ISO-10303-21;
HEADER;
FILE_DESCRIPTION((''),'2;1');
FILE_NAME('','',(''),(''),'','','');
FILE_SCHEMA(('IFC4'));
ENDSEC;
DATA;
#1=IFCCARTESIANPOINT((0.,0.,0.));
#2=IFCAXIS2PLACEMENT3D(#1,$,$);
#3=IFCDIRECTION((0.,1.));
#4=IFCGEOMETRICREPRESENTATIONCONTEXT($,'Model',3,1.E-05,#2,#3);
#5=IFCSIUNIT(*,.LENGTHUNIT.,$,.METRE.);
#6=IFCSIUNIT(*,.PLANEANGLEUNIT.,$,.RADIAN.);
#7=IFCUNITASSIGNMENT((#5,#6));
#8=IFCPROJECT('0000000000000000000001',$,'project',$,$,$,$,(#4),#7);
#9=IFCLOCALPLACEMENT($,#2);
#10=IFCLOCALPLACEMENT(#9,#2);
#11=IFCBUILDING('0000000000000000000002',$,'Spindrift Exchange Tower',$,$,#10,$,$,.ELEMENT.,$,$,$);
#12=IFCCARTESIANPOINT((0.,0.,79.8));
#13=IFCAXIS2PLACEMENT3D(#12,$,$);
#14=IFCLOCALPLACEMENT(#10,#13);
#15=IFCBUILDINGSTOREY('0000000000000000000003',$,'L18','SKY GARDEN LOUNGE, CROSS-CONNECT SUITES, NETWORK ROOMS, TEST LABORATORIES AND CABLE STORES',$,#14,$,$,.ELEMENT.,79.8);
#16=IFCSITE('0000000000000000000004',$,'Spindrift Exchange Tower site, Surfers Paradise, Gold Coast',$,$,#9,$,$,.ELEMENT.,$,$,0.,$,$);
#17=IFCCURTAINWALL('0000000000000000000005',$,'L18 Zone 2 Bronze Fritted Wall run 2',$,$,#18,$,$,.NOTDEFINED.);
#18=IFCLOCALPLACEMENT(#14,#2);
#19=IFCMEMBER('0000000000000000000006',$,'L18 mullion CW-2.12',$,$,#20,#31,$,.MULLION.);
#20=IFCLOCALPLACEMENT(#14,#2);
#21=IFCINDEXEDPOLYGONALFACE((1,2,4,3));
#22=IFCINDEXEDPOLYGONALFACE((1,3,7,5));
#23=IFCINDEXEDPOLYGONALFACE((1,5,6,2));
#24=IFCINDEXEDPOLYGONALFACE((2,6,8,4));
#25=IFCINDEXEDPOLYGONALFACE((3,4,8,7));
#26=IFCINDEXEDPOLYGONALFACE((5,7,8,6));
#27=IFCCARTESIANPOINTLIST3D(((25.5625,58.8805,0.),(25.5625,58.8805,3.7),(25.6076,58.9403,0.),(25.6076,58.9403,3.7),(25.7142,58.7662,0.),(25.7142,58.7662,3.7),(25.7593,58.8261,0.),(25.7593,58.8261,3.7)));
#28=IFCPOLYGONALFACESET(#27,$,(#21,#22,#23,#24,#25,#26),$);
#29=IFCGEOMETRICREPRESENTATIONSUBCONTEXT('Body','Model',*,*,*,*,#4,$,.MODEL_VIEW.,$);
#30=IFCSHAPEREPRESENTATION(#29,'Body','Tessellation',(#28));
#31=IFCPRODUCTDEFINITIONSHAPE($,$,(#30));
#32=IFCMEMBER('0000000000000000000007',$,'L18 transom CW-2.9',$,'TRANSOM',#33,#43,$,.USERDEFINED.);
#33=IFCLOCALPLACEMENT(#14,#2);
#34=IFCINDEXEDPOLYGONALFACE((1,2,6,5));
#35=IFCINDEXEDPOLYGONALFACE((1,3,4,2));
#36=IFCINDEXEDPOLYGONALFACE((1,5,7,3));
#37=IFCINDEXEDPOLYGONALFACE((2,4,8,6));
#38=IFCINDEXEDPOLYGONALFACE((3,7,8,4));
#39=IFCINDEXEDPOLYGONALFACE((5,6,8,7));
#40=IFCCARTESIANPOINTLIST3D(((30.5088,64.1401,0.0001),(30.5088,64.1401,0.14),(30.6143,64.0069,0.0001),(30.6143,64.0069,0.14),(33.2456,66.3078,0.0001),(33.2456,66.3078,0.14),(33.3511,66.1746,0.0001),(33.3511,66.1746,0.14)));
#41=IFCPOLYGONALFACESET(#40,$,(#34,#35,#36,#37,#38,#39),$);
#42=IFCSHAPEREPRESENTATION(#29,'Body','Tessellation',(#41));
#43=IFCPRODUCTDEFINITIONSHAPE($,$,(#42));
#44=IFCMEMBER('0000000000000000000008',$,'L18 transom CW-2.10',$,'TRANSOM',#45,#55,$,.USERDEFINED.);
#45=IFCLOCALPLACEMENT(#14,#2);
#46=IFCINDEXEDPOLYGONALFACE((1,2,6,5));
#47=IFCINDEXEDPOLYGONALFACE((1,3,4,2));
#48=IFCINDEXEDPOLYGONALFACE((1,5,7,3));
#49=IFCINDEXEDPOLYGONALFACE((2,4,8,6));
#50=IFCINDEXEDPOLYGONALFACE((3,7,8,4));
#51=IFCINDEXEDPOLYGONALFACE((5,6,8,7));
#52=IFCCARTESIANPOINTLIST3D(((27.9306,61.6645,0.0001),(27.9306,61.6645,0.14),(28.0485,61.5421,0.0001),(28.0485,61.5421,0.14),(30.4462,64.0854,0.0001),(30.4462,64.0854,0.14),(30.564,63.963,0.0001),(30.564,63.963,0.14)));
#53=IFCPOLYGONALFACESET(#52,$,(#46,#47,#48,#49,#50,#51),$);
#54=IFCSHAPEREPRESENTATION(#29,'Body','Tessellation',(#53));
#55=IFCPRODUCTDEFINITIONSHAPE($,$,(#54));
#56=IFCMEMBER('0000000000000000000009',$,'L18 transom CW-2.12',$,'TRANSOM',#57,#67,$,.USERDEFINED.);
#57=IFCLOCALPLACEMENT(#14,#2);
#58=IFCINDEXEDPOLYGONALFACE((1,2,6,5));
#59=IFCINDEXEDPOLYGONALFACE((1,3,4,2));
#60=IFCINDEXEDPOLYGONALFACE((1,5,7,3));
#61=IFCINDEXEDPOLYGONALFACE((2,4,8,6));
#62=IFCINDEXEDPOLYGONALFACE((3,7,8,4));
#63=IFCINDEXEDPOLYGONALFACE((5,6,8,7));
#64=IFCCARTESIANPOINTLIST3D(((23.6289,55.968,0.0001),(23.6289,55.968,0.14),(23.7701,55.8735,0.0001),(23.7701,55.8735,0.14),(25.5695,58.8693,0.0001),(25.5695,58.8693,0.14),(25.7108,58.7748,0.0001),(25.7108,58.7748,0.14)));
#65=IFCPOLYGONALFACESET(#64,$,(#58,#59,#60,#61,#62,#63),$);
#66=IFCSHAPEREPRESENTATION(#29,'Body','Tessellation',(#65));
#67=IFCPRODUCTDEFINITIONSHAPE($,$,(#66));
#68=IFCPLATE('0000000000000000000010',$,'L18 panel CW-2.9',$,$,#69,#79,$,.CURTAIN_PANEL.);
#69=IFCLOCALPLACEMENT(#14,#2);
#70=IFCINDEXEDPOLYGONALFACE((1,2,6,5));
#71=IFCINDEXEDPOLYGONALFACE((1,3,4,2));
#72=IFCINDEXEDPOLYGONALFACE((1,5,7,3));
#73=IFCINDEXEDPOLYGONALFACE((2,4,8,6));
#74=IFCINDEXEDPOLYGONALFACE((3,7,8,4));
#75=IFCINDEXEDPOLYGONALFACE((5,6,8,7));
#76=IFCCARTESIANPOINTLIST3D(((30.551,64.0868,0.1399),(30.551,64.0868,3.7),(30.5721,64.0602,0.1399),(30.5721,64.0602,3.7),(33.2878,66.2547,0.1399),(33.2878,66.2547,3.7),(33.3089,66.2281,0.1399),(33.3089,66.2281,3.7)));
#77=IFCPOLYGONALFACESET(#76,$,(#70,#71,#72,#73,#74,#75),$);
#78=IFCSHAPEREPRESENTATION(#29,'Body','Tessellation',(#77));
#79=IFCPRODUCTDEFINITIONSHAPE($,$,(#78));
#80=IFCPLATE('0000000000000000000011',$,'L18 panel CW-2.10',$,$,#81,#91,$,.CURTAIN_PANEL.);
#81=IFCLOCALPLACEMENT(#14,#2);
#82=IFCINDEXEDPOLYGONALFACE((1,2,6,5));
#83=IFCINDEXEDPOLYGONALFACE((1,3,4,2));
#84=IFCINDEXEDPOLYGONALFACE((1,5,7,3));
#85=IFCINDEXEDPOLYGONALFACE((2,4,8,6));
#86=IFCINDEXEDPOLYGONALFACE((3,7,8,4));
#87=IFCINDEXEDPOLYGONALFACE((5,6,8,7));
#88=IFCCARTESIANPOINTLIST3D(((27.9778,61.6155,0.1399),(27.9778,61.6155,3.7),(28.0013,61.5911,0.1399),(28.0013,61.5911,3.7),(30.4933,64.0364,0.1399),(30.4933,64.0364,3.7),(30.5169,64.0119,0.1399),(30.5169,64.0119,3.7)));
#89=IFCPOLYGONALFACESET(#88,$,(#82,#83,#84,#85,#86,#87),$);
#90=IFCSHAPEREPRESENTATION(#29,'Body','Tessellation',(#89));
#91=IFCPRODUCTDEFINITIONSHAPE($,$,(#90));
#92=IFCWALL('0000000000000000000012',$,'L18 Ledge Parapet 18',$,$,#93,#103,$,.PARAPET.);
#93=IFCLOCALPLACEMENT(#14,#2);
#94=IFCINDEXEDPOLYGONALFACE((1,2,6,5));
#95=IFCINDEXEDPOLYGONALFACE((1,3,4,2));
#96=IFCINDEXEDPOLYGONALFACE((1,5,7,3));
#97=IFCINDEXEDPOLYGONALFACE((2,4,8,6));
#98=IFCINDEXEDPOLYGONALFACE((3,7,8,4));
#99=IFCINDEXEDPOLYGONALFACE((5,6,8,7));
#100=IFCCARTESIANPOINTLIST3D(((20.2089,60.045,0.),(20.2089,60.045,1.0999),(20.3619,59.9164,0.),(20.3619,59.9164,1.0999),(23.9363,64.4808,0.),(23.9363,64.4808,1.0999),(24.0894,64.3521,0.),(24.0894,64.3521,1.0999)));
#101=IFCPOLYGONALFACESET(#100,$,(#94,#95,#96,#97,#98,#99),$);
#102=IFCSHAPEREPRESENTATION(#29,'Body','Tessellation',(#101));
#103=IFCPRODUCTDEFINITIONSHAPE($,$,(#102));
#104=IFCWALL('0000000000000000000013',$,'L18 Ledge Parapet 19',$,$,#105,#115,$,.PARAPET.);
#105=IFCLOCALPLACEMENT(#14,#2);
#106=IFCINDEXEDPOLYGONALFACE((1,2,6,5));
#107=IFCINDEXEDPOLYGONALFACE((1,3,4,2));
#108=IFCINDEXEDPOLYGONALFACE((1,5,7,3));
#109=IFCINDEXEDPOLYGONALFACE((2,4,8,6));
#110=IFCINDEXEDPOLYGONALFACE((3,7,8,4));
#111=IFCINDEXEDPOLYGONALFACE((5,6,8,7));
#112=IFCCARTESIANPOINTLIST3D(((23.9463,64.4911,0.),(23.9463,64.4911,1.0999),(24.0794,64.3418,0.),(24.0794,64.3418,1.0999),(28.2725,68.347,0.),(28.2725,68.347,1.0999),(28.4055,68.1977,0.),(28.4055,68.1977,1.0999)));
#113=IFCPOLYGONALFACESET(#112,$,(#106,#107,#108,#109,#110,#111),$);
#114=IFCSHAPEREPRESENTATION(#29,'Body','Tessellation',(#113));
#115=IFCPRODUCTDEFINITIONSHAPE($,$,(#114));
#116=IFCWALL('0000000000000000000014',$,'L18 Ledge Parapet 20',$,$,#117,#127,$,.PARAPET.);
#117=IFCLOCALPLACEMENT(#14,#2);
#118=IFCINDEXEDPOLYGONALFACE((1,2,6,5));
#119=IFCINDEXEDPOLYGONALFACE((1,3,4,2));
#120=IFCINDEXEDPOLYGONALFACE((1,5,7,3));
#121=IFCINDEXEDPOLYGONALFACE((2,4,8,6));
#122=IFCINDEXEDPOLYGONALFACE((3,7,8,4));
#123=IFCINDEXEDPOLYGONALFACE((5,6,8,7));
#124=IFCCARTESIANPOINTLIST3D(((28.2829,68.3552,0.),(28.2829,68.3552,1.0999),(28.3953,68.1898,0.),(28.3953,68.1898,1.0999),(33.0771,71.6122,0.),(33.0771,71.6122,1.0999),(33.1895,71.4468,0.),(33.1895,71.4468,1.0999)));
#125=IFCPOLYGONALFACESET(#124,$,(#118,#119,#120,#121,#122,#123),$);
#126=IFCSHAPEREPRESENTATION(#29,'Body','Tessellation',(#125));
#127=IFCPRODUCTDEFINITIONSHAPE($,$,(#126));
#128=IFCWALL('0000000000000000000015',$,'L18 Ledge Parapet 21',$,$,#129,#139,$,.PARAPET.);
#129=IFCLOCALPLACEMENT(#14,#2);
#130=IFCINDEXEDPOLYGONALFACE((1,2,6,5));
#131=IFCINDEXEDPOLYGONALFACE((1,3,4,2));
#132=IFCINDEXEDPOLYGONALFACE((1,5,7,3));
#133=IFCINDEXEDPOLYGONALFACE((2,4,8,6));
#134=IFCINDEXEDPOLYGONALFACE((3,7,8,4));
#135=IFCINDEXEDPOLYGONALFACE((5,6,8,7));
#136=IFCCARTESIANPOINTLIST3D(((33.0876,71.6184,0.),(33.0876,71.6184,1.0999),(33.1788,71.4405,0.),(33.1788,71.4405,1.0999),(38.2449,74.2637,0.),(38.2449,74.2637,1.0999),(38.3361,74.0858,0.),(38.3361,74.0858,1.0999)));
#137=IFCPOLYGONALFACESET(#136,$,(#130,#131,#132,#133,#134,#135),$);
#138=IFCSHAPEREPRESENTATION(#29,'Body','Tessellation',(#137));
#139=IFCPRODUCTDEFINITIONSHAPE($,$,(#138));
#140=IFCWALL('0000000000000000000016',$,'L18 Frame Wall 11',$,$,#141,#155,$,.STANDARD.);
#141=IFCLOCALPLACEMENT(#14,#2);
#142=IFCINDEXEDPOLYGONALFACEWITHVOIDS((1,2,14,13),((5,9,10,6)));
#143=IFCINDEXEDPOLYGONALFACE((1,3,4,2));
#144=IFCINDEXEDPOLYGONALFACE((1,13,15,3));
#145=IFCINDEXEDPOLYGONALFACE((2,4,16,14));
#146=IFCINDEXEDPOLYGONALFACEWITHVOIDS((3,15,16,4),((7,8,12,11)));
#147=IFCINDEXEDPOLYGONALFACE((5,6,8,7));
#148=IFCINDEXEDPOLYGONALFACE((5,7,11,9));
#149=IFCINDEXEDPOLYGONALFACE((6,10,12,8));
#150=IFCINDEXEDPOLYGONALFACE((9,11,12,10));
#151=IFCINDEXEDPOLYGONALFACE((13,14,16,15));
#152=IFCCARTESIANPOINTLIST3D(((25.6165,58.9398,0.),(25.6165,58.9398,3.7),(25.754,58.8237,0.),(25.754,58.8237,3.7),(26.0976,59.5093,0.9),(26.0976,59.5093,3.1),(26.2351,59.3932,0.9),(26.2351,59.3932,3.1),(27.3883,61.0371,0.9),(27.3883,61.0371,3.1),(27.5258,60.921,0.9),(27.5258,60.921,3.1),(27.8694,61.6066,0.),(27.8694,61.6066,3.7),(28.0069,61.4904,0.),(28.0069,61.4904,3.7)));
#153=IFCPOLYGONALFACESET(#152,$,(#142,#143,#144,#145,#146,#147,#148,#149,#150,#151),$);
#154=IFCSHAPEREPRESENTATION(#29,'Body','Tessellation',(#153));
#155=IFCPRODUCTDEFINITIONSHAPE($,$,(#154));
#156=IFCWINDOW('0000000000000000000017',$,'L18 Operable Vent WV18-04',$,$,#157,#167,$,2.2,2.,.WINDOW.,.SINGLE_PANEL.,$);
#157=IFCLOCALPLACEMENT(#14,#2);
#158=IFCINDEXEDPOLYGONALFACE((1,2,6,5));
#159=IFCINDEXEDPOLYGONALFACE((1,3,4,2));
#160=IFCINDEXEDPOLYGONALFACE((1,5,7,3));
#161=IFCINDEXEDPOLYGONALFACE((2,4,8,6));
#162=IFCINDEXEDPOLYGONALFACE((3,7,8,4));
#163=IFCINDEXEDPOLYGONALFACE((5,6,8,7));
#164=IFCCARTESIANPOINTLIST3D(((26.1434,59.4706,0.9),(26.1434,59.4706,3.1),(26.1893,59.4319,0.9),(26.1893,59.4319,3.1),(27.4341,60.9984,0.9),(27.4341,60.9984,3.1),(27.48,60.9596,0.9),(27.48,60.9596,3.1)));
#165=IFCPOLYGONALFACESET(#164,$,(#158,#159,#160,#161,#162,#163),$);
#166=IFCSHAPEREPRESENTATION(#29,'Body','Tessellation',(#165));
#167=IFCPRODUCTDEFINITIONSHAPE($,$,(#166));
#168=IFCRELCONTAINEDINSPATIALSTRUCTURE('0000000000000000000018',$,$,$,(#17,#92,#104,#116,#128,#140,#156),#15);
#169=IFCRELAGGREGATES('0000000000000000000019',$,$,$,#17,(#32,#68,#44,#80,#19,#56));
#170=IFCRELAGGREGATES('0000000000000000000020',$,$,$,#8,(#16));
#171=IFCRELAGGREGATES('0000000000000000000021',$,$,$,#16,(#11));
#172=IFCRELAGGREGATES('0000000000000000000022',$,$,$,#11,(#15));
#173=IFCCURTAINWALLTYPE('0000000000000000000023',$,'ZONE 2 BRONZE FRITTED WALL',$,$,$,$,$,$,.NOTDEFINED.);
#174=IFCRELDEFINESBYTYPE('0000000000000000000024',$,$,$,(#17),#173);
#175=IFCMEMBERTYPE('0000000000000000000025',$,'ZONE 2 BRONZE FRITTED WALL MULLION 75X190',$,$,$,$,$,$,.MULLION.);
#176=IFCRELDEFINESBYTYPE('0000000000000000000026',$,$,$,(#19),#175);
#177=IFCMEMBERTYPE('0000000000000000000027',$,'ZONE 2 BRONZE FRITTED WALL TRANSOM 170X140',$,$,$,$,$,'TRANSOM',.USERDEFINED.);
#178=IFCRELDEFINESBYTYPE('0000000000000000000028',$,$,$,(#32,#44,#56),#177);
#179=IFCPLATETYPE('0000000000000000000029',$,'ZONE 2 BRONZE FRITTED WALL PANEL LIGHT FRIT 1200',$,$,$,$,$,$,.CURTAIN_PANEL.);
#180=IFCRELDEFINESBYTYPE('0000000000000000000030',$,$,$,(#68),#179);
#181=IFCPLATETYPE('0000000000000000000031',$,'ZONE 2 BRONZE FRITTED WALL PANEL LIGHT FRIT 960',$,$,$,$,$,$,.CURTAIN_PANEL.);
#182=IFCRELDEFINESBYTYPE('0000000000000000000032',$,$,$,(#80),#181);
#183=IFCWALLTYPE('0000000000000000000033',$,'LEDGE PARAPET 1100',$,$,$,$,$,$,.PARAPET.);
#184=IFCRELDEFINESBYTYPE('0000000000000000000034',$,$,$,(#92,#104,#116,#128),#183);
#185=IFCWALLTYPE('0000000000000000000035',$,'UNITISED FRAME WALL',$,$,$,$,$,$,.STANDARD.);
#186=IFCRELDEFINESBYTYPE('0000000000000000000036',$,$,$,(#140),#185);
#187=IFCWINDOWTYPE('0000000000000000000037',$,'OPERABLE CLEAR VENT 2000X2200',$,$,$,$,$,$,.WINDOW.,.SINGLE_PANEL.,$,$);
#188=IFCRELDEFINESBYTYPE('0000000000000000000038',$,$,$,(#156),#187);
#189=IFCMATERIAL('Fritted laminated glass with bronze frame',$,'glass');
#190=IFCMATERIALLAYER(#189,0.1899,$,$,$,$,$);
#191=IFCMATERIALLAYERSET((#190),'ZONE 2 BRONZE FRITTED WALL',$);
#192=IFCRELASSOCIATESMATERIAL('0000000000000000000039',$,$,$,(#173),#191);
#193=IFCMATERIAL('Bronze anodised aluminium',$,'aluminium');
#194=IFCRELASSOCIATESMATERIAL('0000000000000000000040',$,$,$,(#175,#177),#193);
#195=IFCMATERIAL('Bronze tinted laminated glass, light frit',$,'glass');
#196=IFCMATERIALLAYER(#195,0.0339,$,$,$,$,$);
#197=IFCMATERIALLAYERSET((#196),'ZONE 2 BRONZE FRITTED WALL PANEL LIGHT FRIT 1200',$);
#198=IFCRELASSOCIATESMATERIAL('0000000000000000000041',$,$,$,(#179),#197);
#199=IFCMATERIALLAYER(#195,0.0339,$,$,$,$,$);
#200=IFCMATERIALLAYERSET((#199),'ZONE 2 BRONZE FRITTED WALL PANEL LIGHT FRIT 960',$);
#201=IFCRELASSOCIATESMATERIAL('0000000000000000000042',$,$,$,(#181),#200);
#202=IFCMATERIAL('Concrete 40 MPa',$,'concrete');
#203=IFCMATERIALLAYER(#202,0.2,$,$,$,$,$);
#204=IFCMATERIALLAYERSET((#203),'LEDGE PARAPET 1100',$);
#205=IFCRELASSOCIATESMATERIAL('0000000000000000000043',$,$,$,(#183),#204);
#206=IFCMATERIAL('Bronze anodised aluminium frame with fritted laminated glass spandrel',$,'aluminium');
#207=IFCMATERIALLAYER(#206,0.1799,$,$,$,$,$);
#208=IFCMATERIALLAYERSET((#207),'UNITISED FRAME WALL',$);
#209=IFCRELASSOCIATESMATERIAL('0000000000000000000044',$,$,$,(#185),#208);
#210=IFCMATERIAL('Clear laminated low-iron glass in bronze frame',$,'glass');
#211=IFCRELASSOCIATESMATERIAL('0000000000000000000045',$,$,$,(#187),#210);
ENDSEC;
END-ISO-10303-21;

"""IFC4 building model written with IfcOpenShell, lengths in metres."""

from ifc_helpers import new_model, si_unit, direction, frame, frame_2d, origin, origin_2d, place, context, subcontext, project, spatial, rectangle, extrude, source, transform, mapped, material, layer, layer_set, material_profile, profile_set, type_object, element, fill, aggregate, save


model = new_model("IFC4")

# Units and contexts
model_context = context("Model", 3, precision=1e-05, world=origin(), true_north=direction((0.0, 1.0)))
body_context = subcontext(model_context, "Body", "Model", "MODEL_VIEW")
ifc_project = project(units=[si_unit("LENGTHUNIT", "METRE"), si_unit("PLANEANGLEUNIT", "RADIAN")], contexts=[model_context])

# Site, building, storey
site_placement = place(None, origin())
site = spatial("IfcSite", under=ifc_project, at=site_placement, Name="Spindrift Exchange Tower site, Surfers Paradise, Gold Coast", CompositionType="ELEMENT", RefElevation=0.0)
building_placement = place(site_placement, origin())
building = spatial("IfcBuilding", under=site, at=building_placement, Name="Spindrift Exchange Tower", CompositionType="ELEMENT")
storey_placement = place(building_placement, frame((0.0, 0.0, 79.8)))
storey = spatial("IfcBuildingStorey", under=building, at=storey_placement, Name="L18", Description="SKY GARDEN LOUNGE, CROSS-CONNECT SUITES, NETWORK ROOMS, TEST LABORATORIES AND CABLE STORES", CompositionType="ELEMENT", Elevation=79.8)

# Curtain wall, members, plates
ifc_material_1 = material(Name="Fritted laminated glass with bronze frame", Category="glass")
ifc_layer_1 = layer(ifc_material_1, 0.1899)
ifc_layer_set_1 = layer_set([ifc_layer_1], Name="ZONE 2 BRONZE FRITTED WALL")
curtain_wall_type = type_object("IfcCurtainWallType", Name="ZONE 2 BRONZE FRITTED WALL", PredefinedType="NOTDEFINED", material=ifc_layer_set_1)
curtain_wall_placement = place(storey_placement, origin())
curtain_wall = element("IfcCurtainWall", 1, at=curtain_wall_placement, inside=storey, type_object=curtain_wall_type, Name="L18 Zone 2 Bronze Fritted Wall run 2", PredefinedType="NOTDEFINED")
ifc_material_2 = material(Name="Bronze anodised aluminium", Category="aluminium")
ifc_material_profile_1 = material_profile(ifc_material_2, rectangle(XDim=0.075, YDim=0.1899, at=origin_2d()), Name="ZONE 2 BRONZE FRITTED WALL MULLION 75X190")
ifc_profile_set_1 = profile_set([ifc_material_profile_1], Name="Bronze anodised aluminium")
member_type_1 = type_object("IfcMemberType", Name="ZONE 2 BRONZE FRITTED WALL MULLION 75X190", PredefinedType="MULLION", material=ifc_profile_set_1)
shared_shape_1 = source(origin(), body_context, "Body", "SweptSolid", [
    extrude(rectangle(XDim=0.075, YDim=0.1899, at=origin_2d()), origin(), (0.0, 0.0, 1.0), 3.7),
])
member_1_placement = place(storey_placement, frame((25.6609, 58.8533, 0.0), z_axis=(0.0, 0.0, 1.0), x_axis=(-0.601625, -0.798778, 0.0)))
member_1 = element("IfcMember", 2, at=member_1_placement, type_object=member_type_1, Name="L18 mullion CW-2.12", PredefinedType="MULLION", context=body_context, shape_type="MappedRepresentation", body=[
    mapped(shared_shape_1, transform((0.0, 0.0, 0.0), scale=1.0)),
])
ifc_material_profile_2 = material_profile(ifc_material_2, rectangle(XDim=0.1699, YDim=0.1399, at=origin_2d()), Name="ZONE 2 BRONZE FRITTED WALL TRANSOM 170X140")
ifc_profile_set_2 = profile_set([ifc_material_profile_2], Name="Bronze anodised aluminium")
member_type_2 = type_object("IfcMemberType", Name="ZONE 2 BRONZE FRITTED WALL TRANSOM 170X140", ElementType="TRANSOM", PredefinedType="USERDEFINED", material=ifc_profile_set_2)
shared_shape_2 = source(origin(), body_context, "Body", "SweptSolid", [
    extrude(rectangle(XDim=0.1699, YDim=0.1399, at=origin_2d()), origin(), (0.0, 0.0, 1.0), 3.4912),
])
member_2_placement = place(storey_placement, frame((33.2983, 66.2412, 0.0701), z_axis=(-0.783895, -0.620893, 0.0), x_axis=(0.620893, -0.783895, 0.0)))
member_2 = element("IfcMember", 3, at=member_2_placement, type_object=member_type_2, Name="L18 transom CW-2.9", ObjectType="TRANSOM", PredefinedType="USERDEFINED", context=body_context, shape_type="MappedRepresentation", body=[
    mapped(shared_shape_2, transform((0.0, 0.0, 0.0), scale=1.0)),
])
member_3_placement = place(storey_placement, frame((30.5051, 64.0242, 0.0701), z_axis=(-0.720543, -0.693411, 0.0), x_axis=(0.693411, -0.720543, 0.0)))
member_3 = element("IfcMember", 4, at=member_3_placement, type_object=member_type_2, Name="L18 transom CW-2.10", ObjectType="TRANSOM", PredefinedType="USERDEFINED", context=body_context, shape_type="MappedRepresentation", body=[
    mapped(shared_shape_2, transform((0.0, 0.0, 0.0), scale=1.0)),
])
shared_shape_3 = source(origin(), body_context, "Body", "SweptSolid", [
    extrude(rectangle(XDim=0.1699, YDim=0.1399, at=origin_2d()), origin(), (0.0, 0.0, 1.0), 3.4905),
])
member_4_placement = place(storey_placement, frame((25.6401, 58.822, 0.0701), z_axis=(-0.555975, -0.831199, 0.0), x_axis=(0.831199, -0.555975, 0.0)))
member_4 = element("IfcMember", 5, at=member_4_placement, type_object=member_type_2, Name="L18 transom CW-2.12", ObjectType="TRANSOM", PredefinedType="USERDEFINED", context=body_context, shape_type="MappedRepresentation", body=[
    mapped(shared_shape_3, transform((0.0, 0.0, 0.0), scale=1.0)),
])
ifc_material_3 = material(Name="Bronze tinted laminated glass, light frit", Category="glass")
ifc_layer_2 = layer(ifc_material_3, 0.0339)
ifc_layer_set_2 = layer_set([ifc_layer_2], Name="ZONE 2 BRONZE FRITTED WALL PANEL LIGHT FRIT 1200")
plate_type_1 = type_object("IfcPlateType", Name="ZONE 2 BRONZE FRITTED WALL PANEL LIGHT FRIT 1200", PredefinedType="CURTAIN_PANEL", material=ifc_layer_set_2)
shared_shape_4 = source(origin(), body_context, "Body", "SweptSolid", [
    extrude(rectangle(XDim=3.4915, YDim=0.0339, at=origin_2d()), origin(), (0.0, 0.0, 1.0), 3.5601),
])
plate_1_placement = place(storey_placement, frame((31.9299, 65.1575, 0.1399), z_axis=(0.0, 0.0, 1.0), x_axis=(-0.783866, -0.62093, 0.0)))
plate_1 = element("IfcPlate", 6, at=plate_1_placement, type_object=plate_type_1, Name="L18 panel CW-2.9", PredefinedType="CURTAIN_PANEL", context=body_context, shape_type="MappedRepresentation", body=[
    mapped(shared_shape_4, transform((0.0, 0.0, 0.0), scale=1.0)),
])
ifc_layer_3 = layer(ifc_material_3, 0.0339)
ifc_layer_set_3 = layer_set([ifc_layer_3], Name="ZONE 2 BRONZE FRITTED WALL PANEL LIGHT FRIT 960")
plate_type_2 = type_object("IfcPlateType", Name="ZONE 2 BRONZE FRITTED WALL PANEL LIGHT FRIT 960", PredefinedType="CURTAIN_PANEL", material=ifc_layer_set_3)
shared_shape_5 = source(origin(), body_context, "Body", "SweptSolid", [
    extrude(rectangle(XDim=3.4912, YDim=0.0339, at=origin_2d()), origin(), (0.0, 0.0, 1.0), 3.5601),
])
plate_2_placement = place(storey_placement, frame((29.2473, 62.8137, 0.1399), z_axis=(0.0, 0.0, 1.0), x_axis=(-0.720547, -0.693406, 0.0)))
plate_2 = element("IfcPlate", 7, at=plate_2_placement, type_object=plate_type_2, Name="L18 panel CW-2.10", PredefinedType="CURTAIN_PANEL", context=body_context, shape_type="MappedRepresentation", body=[
    mapped(shared_shape_5, transform((0.0, 0.0, 0.0), scale=1.0)),
])
aggregate(curtain_wall, [member_2, plate_1, member_3, plate_2, member_1, member_4])

# Walls
ifc_material_4 = material(Name="Concrete 40 MPa", Category="concrete")
ifc_layer_4 = layer(ifc_material_4, 0.2)
ifc_layer_set_4 = layer_set([ifc_layer_4], Name="LEDGE PARAPET 1100")
wall_type_1 = type_object("IfcWallType", Name="LEDGE PARAPET 1100", PredefinedType="PARAPET", material=ifc_layer_set_4)
wall_1_placement = place(storey_placement, frame((20.2854, 59.9807, 0.0), z_axis=(0.0, 0.0, 1.0), x_axis=(0.643341, 0.76558, 0.0)))
element("IfcWall", 8, at=wall_1_placement, inside=storey, type_object=wall_type_1, Name="L18 Ledge Parapet 18", PredefinedType="PARAPET", context=body_context, shape_type="SweptSolid", body=[
    extrude(rectangle(XDim=5.7939, YDim=0.2, at=frame_2d((2.897, 0.0))), origin(), (0.0, 0.0, 1.0), 1.0999),
])
wall_2_placement = place(storey_placement, frame((24.0129, 64.4165, 0.0), z_axis=(0.0, 0.0, 1.0), x_axis=(0.746511, 0.665373, 0.0)))
element("IfcWall", 9, at=wall_2_placement, inside=storey, type_object=wall_type_1, Name="L18 Ledge Parapet 19", PredefinedType="PARAPET", context=body_context, shape_type="SweptSolid", body=[
    extrude(rectangle(XDim=5.7952, YDim=0.2, at=frame_2d((2.8975, 0.0))), origin(), (0.0, 0.0, 1.0), 1.0999),
])
wall_3_placement = place(storey_placement, frame((28.3391, 68.2725, 0.0), z_axis=(0.0, 0.0, 1.0), x_axis=(0.827165, 0.56196, 0.0)))
element("IfcWall", 10, at=wall_3_placement, inside=storey, type_object=wall_type_1, Name="L18 Ledge Parapet 20", PredefinedType="PARAPET", context=body_context, shape_type="SweptSolid", body=[
    extrude(rectangle(XDim=5.7959, YDim=0.2, at=frame_2d((2.8979, 0.0))), origin(), (0.0, 0.0, 1.0), 1.0999),
])
wall_4_placement = place(storey_placement, frame((33.1333, 71.5295, 0.0), z_axis=(0.0, 0.0, 1.0), x_axis=(0.88978, 0.456389, 0.0)))
element("IfcWall", 11, at=wall_4_placement, inside=storey, type_object=wall_type_1, Name="L18 Ledge Parapet 21", PredefinedType="PARAPET", context=body_context, shape_type="SweptSolid", body=[
    extrude(rectangle(XDim=5.7961, YDim=0.2, at=frame_2d((2.8979, 0.0))), origin(), (0.0, 0.0, 1.0), 1.0999),
])

# Wall, opening, window
ifc_material_5 = material(Name="Bronze anodised aluminium frame with fritted laminated glass spandrel", Category="aluminium")
ifc_layer_5 = layer(ifc_material_5, 0.1799)
ifc_layer_set_5 = layer_set([ifc_layer_5], Name="UNITISED FRAME WALL")
wall_type_2 = type_object("IfcWallType", Name="UNITISED FRAME WALL", PredefinedType="STANDARD", material=ifc_layer_set_5)
wall_5_placement = place(storey_placement, frame((27.9382, 61.5486, 0.0), z_axis=(0.0, 0.0, 1.0), x_axis=(-0.64535, -0.763887, 0.0)))
wall_5 = element("IfcWall", 12, at=wall_5_placement, inside=storey, type_object=wall_type_2, Name="L18 Frame Wall 11", PredefinedType="STANDARD", context=body_context, shape_type="SweptSolid", body=[
    extrude(rectangle(XDim=3.491, YDim=0.1799, at=frame_2d((1.7456, 0.0))), origin(), (0.0, 0.0, 1.0), 3.7),
])
opening_placement = place(wall_5_placement, frame((0.7456, 0.0, 0.8999)))
opening = element("IfcOpeningElement", 13, at=opening_placement, cuts=wall_5, PredefinedType="OPENING", context=body_context, shape_type="SweptSolid", body=[
    extrude(rectangle(XDim=2.0, YDim=2.2, at=frame_2d((1.0, 1.1001))), frame((0.0, 0.0999, 0.0), z_axis=(0.0, -1.0, 0.0), x_axis=(1.0, 0.0, 0.0)), (0.0, 0.0, 1.0), 0.2),
])
ifc_material_6 = material(Name="Clear laminated low-iron glass in bronze frame", Category="glass")
window_type = type_object("IfcWindowType", Name="OPERABLE CLEAR VENT 2000X2200", PartitioningType="SINGLE_PANEL", PredefinedType="WINDOW", material=ifc_material_6)
shared_shape_6 = source(origin(), body_context, "Body", "SweptSolid", [
    extrude(rectangle(XDim=2.0, YDim=2.2, at=frame_2d((1.0, 1.1001))), frame((0.0, 0.03, 0.0), z_axis=(0.0, -1.0, 0.0), x_axis=(1.0, 0.0, 0.0)), (0.0, 0.0, 1.0), 0.0601),
])
window_placement = place(opening_placement, origin())
window = element("IfcWindow", 14, at=window_placement, inside=storey, type_object=window_type, Name="L18 Operable Vent WV18-04", OverallHeight=2.2, OverallWidth=2.0, PartitioningType="SINGLE_PANEL", PredefinedType="WINDOW", context=body_context, shape_type="MappedRepresentation", body=[
    mapped(shared_shape_6, transform((0.0, 0.0, 0.0), scale=1.0)),
])
fill(opening, window)

save(model, "model.ifc")
